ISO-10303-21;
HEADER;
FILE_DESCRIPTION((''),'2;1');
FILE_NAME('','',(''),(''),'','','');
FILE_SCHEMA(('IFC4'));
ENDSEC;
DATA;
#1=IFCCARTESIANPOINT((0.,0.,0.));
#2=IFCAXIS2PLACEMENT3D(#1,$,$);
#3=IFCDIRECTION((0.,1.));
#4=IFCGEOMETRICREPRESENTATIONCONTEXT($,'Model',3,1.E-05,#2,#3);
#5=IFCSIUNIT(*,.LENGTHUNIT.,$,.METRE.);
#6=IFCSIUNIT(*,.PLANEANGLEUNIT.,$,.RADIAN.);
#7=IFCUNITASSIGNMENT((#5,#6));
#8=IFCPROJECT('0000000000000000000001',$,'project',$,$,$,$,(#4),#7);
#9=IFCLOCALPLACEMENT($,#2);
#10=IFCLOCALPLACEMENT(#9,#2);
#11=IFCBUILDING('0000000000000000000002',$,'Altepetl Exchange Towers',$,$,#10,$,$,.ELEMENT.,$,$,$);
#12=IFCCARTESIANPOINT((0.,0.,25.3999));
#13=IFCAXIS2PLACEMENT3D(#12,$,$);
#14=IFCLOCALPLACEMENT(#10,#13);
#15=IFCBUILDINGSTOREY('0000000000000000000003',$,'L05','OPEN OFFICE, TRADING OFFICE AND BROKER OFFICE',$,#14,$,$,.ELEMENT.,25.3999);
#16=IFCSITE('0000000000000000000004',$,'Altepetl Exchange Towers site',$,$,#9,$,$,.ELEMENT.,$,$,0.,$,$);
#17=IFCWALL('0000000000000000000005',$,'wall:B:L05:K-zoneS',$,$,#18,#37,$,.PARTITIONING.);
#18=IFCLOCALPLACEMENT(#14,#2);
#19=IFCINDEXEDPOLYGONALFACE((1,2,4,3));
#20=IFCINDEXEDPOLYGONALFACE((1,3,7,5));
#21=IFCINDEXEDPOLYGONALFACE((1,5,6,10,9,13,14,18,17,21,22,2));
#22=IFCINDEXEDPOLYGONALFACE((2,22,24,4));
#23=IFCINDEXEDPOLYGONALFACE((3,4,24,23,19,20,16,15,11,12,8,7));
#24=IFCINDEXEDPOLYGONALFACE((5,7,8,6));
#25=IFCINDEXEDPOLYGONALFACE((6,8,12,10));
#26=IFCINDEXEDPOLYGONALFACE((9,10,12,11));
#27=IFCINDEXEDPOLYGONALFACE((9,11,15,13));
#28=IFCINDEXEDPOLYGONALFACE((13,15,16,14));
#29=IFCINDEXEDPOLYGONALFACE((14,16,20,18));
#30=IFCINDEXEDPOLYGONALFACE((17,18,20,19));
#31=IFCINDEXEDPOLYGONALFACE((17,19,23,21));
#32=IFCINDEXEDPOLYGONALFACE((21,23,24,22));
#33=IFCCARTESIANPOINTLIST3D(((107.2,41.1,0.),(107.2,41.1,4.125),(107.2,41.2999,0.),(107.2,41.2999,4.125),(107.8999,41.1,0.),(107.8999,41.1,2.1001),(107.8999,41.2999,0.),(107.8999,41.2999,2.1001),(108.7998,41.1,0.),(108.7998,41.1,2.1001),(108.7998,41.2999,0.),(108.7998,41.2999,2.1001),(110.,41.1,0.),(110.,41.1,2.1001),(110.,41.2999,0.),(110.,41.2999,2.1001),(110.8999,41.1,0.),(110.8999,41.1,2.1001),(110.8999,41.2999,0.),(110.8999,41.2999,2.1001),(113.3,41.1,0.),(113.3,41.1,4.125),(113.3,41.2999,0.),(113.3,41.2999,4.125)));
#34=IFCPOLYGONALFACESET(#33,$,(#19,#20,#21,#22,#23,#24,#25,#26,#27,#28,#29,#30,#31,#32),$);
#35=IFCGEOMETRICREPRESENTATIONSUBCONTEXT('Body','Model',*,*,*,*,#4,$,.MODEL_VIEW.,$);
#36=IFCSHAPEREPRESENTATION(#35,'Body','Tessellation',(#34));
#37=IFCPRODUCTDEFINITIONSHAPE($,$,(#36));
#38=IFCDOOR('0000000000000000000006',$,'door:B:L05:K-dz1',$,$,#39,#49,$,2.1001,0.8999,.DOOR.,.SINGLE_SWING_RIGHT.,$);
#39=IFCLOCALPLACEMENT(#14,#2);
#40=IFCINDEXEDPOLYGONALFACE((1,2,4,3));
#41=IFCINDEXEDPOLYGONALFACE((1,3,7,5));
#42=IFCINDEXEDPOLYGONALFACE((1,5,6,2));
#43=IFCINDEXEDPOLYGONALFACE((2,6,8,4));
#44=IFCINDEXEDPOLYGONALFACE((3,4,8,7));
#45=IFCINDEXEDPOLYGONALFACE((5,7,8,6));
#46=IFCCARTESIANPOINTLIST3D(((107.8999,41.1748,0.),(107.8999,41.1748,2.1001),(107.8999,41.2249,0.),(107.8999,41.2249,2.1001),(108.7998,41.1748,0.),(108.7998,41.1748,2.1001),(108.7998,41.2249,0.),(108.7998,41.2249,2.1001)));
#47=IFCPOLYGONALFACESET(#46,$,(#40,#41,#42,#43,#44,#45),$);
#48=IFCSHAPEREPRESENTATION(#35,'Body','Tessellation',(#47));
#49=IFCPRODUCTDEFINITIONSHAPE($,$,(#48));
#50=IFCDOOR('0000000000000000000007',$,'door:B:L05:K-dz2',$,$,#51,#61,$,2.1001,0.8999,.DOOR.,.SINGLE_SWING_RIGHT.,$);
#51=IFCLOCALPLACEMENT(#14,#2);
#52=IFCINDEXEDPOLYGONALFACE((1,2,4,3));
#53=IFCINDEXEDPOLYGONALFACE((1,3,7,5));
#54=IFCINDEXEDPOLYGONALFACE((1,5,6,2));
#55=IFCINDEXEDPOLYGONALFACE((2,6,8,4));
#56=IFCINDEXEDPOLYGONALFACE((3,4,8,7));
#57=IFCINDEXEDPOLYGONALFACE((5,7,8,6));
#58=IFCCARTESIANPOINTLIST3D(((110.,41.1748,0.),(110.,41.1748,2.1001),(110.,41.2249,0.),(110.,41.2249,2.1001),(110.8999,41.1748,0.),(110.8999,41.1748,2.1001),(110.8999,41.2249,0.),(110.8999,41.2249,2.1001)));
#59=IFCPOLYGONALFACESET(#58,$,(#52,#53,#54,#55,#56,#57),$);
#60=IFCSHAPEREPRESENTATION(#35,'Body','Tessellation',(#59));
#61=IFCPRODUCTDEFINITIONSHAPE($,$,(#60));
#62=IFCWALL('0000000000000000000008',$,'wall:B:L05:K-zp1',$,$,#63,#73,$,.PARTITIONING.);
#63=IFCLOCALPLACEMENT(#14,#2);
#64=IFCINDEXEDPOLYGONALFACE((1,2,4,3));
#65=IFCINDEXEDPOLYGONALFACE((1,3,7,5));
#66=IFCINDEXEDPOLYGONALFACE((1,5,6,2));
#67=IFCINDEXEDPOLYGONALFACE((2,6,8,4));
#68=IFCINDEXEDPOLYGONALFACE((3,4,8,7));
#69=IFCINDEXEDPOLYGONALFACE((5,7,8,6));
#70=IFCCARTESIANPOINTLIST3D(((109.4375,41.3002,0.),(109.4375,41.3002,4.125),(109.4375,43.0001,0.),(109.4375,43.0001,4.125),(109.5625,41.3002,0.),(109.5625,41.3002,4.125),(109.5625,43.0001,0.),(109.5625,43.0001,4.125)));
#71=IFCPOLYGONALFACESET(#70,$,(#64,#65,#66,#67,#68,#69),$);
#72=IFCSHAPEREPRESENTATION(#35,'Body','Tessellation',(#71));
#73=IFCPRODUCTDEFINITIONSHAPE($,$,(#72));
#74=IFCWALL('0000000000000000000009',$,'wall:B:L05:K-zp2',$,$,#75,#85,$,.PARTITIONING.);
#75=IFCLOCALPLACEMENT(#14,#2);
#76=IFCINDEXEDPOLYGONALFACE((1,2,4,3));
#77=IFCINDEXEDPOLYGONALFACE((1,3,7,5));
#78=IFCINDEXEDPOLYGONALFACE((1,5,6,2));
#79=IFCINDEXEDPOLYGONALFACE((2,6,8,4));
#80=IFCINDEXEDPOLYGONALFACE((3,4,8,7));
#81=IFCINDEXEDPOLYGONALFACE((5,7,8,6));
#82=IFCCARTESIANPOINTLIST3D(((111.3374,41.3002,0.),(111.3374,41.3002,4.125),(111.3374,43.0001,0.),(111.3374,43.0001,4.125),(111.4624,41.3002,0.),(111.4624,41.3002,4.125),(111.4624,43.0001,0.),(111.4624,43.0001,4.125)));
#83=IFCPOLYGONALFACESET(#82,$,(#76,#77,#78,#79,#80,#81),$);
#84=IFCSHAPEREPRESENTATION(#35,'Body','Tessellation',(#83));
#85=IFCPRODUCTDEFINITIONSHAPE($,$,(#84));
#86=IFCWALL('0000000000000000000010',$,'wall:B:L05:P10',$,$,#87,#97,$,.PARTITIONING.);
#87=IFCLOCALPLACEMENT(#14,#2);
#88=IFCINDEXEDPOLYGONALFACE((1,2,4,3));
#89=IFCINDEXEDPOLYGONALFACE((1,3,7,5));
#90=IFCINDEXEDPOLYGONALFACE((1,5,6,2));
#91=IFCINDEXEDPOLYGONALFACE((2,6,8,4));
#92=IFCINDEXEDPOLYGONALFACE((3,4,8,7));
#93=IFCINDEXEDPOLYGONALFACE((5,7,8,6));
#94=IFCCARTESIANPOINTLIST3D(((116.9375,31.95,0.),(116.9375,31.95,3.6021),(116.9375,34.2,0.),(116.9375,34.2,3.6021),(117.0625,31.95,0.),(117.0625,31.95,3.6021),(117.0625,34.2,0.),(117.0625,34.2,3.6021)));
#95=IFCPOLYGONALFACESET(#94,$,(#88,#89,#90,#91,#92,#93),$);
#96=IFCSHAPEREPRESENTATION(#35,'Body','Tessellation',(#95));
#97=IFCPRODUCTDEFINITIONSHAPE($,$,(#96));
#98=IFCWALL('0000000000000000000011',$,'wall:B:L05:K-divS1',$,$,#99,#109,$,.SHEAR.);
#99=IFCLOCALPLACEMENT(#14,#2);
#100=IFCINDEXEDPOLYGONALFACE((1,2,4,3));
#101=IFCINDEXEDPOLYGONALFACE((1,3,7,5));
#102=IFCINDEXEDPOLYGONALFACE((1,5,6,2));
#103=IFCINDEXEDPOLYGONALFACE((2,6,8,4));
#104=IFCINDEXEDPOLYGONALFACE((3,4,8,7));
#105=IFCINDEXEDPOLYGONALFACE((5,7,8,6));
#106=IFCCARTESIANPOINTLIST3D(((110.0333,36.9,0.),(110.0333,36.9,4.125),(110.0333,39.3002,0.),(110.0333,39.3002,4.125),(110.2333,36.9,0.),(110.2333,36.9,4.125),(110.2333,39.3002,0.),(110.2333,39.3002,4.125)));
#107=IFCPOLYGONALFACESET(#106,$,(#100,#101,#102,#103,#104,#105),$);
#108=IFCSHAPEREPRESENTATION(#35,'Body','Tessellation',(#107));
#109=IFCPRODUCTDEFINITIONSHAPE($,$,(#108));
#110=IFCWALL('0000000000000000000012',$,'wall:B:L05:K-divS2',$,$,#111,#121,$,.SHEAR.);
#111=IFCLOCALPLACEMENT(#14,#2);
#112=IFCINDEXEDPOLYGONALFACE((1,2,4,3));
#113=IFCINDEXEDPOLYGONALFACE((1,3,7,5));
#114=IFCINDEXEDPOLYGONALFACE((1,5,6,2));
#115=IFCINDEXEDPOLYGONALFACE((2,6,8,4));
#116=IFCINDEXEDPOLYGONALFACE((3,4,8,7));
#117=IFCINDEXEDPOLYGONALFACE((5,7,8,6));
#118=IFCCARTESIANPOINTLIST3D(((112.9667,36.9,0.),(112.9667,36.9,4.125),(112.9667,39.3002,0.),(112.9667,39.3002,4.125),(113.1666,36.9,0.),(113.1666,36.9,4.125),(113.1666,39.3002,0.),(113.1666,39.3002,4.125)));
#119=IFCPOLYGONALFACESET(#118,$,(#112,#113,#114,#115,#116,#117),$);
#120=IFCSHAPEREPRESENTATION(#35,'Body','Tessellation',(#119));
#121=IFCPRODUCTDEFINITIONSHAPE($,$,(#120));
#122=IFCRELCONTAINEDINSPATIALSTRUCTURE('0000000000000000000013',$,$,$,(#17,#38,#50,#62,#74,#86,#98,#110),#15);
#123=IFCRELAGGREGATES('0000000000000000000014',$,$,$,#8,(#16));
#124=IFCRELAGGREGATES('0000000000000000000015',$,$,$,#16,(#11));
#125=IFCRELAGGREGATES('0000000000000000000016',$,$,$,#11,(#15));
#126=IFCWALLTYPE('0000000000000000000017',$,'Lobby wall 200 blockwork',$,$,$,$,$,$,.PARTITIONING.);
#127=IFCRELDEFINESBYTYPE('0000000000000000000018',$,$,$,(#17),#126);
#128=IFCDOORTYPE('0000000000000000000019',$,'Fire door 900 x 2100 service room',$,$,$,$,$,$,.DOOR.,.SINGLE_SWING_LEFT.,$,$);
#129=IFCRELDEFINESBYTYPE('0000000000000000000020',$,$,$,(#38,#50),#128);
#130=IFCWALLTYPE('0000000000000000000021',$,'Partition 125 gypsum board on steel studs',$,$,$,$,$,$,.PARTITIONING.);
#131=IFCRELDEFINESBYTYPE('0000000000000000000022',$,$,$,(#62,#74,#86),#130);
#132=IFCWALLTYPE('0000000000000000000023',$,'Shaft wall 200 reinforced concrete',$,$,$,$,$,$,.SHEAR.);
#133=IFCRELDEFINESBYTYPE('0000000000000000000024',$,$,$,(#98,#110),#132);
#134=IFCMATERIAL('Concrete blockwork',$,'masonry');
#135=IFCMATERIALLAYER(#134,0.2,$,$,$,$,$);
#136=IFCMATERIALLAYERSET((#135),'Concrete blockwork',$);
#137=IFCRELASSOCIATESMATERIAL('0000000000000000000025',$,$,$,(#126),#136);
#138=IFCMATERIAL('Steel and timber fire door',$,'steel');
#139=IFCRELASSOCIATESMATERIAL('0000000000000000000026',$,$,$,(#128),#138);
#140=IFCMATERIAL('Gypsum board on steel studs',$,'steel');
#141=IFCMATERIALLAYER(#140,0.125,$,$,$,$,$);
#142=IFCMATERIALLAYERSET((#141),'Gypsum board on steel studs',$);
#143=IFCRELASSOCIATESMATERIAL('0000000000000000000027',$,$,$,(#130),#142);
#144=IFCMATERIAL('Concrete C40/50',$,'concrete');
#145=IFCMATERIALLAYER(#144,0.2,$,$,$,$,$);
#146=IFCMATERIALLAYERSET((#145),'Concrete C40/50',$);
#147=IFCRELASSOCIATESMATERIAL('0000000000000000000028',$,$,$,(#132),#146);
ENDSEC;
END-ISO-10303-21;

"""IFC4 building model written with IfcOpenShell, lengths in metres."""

from ifc_helpers import new_model, si_unit, direction, frame, frame_2d, origin, place, context, subcontext, project, spatial, rectangle, extrude, material, layer, layer_set, type_object, element, fill, save


model = new_model("IFC4")

# Units and contexts
model_context = context("Model", 3, precision=1e-05, world=origin(), true_north=direction((0.0, 1.0)))
body_context = subcontext(model_context, "Body", "Model", "MODEL_VIEW")
ifc_project = project(units=[si_unit("LENGTHUNIT", "METRE"), si_unit("PLANEANGLEUNIT", "RADIAN")], contexts=[model_context])

# Site, building, storey
site_placement = place(None, origin())
site = spatial("IfcSite", under=ifc_project, at=site_placement, Name="Altepetl Exchange Towers site", CompositionType="ELEMENT", RefElevation=0.0)
building_placement = place(site_placement, origin())
building = spatial("IfcBuilding", under=site, at=building_placement, Name="Altepetl Exchange Towers", CompositionType="ELEMENT")
storey_placement = place(building_placement, frame((0.0, 0.0, 25.3999)))
storey = spatial("IfcBuildingStorey", under=building, at=storey_placement, Name="L05", Description="OPEN OFFICE, TRADING OFFICE AND BROKER OFFICE", CompositionType="ELEMENT", Elevation=25.3999)

# Shared definitions
ifc_material_1 = material(Name="Steel and timber fire door", Category="steel")

# Wall, openings, doors
ifc_material_2 = material(Name="Concrete blockwork", Category="masonry")
ifc_layer_1 = layer(ifc_material_2, 0.2)
ifc_layer_set_1 = layer_set([ifc_layer_1], Name="Concrete blockwork")
wall_type_1 = type_object("IfcWallType", Name="Lobby wall 200 blockwork", PredefinedType="PARTITIONING", material=ifc_layer_set_1)
wall_1_placement = place(storey_placement, frame((107.2, 41.2, 0.0)))
wall_1 = element("IfcWall", 1, at=wall_1_placement, inside=storey, type_object=wall_type_1, Name="wall:B:L05:K-zoneS", PredefinedType="PARTITIONING", context=body_context, shape_type="SweptSolid", body=[
    extrude(rectangle(XDim=6.1001, YDim=0.2, at=frame_2d((3.05, 0.0))), origin(), (0.0, 0.0, 1.0), 4.125),
])
opening_1_placement = place(wall_1_placement, frame((0.7, 0.0, 0.0)))
opening_1 = element("IfcOpeningElement", 2, at=opening_1_placement, cuts=wall_1, PredefinedType="OPENING", context=body_context, shape_type="SweptSolid", body=[
    extrude(rectangle(XDim=0.8999, YDim=2.1001, at=frame_2d((0.45, 1.05))), frame((0.0, 0.1099, 0.0), z_axis=(0.0, -1.0, 0.0), x_axis=(1.0, 0.0, 0.0)), (0.0, 0.0, 1.0), 0.22),
])
opening_2_placement = place(wall_1_placement, frame((2.8, 0.0, 0.0)))
opening_2 = element("IfcOpeningElement", 3, at=opening_2_placement, cuts=wall_1, PredefinedType="OPENING", context=body_context, shape_type="SweptSolid", body=[
    extrude(rectangle(XDim=0.8999, YDim=2.1001, at=frame_2d((0.45, 1.05))), frame((0.0, 0.1099, 0.0), z_axis=(0.0, -1.0, 0.0), x_axis=(1.0, 0.0, 0.0)), (0.0, 0.0, 1.0), 0.22),
])
door_type_1 = type_object("IfcDoorType", Name="Fire door 900 x 2100 service room", OperationType="SINGLE_SWING_LEFT", PredefinedType="DOOR", material=ifc_material_1)
door_1_placement = place(opening_1_placement, origin())
door_1 = element("IfcDoor", 4, at=door_1_placement, inside=storey, type_object=door_type_1, Name="door:B:L05:K-dz1", OperationType="SINGLE_SWING_RIGHT", OverallHeight=2.1001, OverallWidth=0.8999, PredefinedType="DOOR", context=body_context, shape_type="SweptSolid", body=[
    extrude(rectangle(XDim=0.8999, YDim=2.1001, at=frame_2d((0.45, 1.05))), frame((0.0, 0.0249, 0.0), z_axis=(0.0, -1.0, 0.0), x_axis=(1.0, 0.0, 0.0)), (0.0, 0.0, 1.0), 0.05),
])
fill(opening_1, door_1)
door_2_placement = place(opening_2_placement, origin())
door_2 = element("IfcDoor", 5, at=door_2_placement, inside=storey, type_object=door_type_1, Name="door:B:L05:K-dz2", OperationType="SINGLE_SWING_RIGHT", OverallHeight=2.1001, OverallWidth=0.8999, PredefinedType="DOOR", context=body_context, shape_type="SweptSolid", body=[
    extrude(rectangle(XDim=0.8999, YDim=2.1001, at=frame_2d((0.45, 1.05))), frame((0.0, 0.0249, 0.0), z_axis=(0.0, -1.0, 0.0), x_axis=(1.0, 0.0, 0.0)), (0.0, 0.0, 1.0), 0.05),
])
fill(opening_2, door_2)

# Walls
ifc_material_3 = material(Name="Gypsum board on steel studs", Category="steel")
ifc_layer_2 = layer(ifc_material_3, 0.125)
ifc_layer_set_2 = layer_set([ifc_layer_2], Name="Gypsum board on steel studs")
wall_type_2 = type_object("IfcWallType", Name="Partition 125 gypsum board on steel studs", PredefinedType="PARTITIONING", material=ifc_layer_set_2)
for number, where, z_axis, x_axis, name in (
    (6, (109.5, 41.3, 0.0), (0.0, 0.0, 1.0), (0.0, 1.0, 0.0), "wall:B:L05:K-zp1"),
    (7, (111.3999, 41.3, 0.0), (0.0, 0.0, 1.0), (0.0, 1.0, 0.0), "wall:B:L05:K-zp2"),
):
    element("IfcWall", number, at=place(storey_placement, frame(where, z_axis=z_axis, x_axis=x_axis)), inside=storey, type_object=wall_type_2, Name=name, PredefinedType="PARTITIONING", context=body_context, shape_type="SweptSolid", body=[
        extrude(rectangle(XDim=1.7, YDim=0.125, at=frame_2d((0.8501, 0.0))), origin(), (0.0, 0.0, 1.0), 4.125),
    ])
wall_2_placement = place(storey_placement, frame((117.0, 31.95, 0.0), z_axis=(0.0, 0.0, 1.0), x_axis=(0.0, 1.0, 0.0)))
element("IfcWall", 8, at=wall_2_placement, inside=storey, type_object=wall_type_2, Name="wall:B:L05:P10", PredefinedType="PARTITIONING", context=body_context, shape_type="SweptSolid", body=[
    extrude(rectangle(XDim=2.25, YDim=0.125, at=frame_2d((1.125, 0.0))), origin(), (0.0, 0.0, 1.0), 3.6021),
])
ifc_material_4 = material(Name="Concrete C40/50", Category="concrete")
ifc_layer_3 = layer(ifc_material_4, 0.2)
ifc_layer_set_3 = layer_set([ifc_layer_3], Name="Concrete C40/50")
wall_type_3 = type_object("IfcWallType", Name="Shaft wall 200 reinforced concrete", PredefinedType="SHEAR", material=ifc_layer_set_3)
for number, where, z_axis, x_axis, name in (
    (9, (110.1333, 36.8999, 0.0), (0.0, 0.0, 1.0), (0.0, 1.0, 0.0), "wall:B:L05:K-divS1"),
    (10, (113.0667, 36.8999, 0.0), (0.0, 0.0, 1.0), (0.0, 1.0, 0.0), "wall:B:L05:K-divS2"),
):
    element("IfcWall", number, at=place(storey_placement, frame(where, z_axis=z_axis, x_axis=x_axis)), inside=storey, type_object=wall_type_3, Name=name, PredefinedType="SHEAR", context=body_context, shape_type="SweptSolid", body=[
        extrude(rectangle(XDim=2.4001, YDim=0.2, at=frame_2d((1.2002, 0.0))), origin(), (0.0, 0.0, 1.0), 4.125),
    ])

save(model, "model.ifc")
